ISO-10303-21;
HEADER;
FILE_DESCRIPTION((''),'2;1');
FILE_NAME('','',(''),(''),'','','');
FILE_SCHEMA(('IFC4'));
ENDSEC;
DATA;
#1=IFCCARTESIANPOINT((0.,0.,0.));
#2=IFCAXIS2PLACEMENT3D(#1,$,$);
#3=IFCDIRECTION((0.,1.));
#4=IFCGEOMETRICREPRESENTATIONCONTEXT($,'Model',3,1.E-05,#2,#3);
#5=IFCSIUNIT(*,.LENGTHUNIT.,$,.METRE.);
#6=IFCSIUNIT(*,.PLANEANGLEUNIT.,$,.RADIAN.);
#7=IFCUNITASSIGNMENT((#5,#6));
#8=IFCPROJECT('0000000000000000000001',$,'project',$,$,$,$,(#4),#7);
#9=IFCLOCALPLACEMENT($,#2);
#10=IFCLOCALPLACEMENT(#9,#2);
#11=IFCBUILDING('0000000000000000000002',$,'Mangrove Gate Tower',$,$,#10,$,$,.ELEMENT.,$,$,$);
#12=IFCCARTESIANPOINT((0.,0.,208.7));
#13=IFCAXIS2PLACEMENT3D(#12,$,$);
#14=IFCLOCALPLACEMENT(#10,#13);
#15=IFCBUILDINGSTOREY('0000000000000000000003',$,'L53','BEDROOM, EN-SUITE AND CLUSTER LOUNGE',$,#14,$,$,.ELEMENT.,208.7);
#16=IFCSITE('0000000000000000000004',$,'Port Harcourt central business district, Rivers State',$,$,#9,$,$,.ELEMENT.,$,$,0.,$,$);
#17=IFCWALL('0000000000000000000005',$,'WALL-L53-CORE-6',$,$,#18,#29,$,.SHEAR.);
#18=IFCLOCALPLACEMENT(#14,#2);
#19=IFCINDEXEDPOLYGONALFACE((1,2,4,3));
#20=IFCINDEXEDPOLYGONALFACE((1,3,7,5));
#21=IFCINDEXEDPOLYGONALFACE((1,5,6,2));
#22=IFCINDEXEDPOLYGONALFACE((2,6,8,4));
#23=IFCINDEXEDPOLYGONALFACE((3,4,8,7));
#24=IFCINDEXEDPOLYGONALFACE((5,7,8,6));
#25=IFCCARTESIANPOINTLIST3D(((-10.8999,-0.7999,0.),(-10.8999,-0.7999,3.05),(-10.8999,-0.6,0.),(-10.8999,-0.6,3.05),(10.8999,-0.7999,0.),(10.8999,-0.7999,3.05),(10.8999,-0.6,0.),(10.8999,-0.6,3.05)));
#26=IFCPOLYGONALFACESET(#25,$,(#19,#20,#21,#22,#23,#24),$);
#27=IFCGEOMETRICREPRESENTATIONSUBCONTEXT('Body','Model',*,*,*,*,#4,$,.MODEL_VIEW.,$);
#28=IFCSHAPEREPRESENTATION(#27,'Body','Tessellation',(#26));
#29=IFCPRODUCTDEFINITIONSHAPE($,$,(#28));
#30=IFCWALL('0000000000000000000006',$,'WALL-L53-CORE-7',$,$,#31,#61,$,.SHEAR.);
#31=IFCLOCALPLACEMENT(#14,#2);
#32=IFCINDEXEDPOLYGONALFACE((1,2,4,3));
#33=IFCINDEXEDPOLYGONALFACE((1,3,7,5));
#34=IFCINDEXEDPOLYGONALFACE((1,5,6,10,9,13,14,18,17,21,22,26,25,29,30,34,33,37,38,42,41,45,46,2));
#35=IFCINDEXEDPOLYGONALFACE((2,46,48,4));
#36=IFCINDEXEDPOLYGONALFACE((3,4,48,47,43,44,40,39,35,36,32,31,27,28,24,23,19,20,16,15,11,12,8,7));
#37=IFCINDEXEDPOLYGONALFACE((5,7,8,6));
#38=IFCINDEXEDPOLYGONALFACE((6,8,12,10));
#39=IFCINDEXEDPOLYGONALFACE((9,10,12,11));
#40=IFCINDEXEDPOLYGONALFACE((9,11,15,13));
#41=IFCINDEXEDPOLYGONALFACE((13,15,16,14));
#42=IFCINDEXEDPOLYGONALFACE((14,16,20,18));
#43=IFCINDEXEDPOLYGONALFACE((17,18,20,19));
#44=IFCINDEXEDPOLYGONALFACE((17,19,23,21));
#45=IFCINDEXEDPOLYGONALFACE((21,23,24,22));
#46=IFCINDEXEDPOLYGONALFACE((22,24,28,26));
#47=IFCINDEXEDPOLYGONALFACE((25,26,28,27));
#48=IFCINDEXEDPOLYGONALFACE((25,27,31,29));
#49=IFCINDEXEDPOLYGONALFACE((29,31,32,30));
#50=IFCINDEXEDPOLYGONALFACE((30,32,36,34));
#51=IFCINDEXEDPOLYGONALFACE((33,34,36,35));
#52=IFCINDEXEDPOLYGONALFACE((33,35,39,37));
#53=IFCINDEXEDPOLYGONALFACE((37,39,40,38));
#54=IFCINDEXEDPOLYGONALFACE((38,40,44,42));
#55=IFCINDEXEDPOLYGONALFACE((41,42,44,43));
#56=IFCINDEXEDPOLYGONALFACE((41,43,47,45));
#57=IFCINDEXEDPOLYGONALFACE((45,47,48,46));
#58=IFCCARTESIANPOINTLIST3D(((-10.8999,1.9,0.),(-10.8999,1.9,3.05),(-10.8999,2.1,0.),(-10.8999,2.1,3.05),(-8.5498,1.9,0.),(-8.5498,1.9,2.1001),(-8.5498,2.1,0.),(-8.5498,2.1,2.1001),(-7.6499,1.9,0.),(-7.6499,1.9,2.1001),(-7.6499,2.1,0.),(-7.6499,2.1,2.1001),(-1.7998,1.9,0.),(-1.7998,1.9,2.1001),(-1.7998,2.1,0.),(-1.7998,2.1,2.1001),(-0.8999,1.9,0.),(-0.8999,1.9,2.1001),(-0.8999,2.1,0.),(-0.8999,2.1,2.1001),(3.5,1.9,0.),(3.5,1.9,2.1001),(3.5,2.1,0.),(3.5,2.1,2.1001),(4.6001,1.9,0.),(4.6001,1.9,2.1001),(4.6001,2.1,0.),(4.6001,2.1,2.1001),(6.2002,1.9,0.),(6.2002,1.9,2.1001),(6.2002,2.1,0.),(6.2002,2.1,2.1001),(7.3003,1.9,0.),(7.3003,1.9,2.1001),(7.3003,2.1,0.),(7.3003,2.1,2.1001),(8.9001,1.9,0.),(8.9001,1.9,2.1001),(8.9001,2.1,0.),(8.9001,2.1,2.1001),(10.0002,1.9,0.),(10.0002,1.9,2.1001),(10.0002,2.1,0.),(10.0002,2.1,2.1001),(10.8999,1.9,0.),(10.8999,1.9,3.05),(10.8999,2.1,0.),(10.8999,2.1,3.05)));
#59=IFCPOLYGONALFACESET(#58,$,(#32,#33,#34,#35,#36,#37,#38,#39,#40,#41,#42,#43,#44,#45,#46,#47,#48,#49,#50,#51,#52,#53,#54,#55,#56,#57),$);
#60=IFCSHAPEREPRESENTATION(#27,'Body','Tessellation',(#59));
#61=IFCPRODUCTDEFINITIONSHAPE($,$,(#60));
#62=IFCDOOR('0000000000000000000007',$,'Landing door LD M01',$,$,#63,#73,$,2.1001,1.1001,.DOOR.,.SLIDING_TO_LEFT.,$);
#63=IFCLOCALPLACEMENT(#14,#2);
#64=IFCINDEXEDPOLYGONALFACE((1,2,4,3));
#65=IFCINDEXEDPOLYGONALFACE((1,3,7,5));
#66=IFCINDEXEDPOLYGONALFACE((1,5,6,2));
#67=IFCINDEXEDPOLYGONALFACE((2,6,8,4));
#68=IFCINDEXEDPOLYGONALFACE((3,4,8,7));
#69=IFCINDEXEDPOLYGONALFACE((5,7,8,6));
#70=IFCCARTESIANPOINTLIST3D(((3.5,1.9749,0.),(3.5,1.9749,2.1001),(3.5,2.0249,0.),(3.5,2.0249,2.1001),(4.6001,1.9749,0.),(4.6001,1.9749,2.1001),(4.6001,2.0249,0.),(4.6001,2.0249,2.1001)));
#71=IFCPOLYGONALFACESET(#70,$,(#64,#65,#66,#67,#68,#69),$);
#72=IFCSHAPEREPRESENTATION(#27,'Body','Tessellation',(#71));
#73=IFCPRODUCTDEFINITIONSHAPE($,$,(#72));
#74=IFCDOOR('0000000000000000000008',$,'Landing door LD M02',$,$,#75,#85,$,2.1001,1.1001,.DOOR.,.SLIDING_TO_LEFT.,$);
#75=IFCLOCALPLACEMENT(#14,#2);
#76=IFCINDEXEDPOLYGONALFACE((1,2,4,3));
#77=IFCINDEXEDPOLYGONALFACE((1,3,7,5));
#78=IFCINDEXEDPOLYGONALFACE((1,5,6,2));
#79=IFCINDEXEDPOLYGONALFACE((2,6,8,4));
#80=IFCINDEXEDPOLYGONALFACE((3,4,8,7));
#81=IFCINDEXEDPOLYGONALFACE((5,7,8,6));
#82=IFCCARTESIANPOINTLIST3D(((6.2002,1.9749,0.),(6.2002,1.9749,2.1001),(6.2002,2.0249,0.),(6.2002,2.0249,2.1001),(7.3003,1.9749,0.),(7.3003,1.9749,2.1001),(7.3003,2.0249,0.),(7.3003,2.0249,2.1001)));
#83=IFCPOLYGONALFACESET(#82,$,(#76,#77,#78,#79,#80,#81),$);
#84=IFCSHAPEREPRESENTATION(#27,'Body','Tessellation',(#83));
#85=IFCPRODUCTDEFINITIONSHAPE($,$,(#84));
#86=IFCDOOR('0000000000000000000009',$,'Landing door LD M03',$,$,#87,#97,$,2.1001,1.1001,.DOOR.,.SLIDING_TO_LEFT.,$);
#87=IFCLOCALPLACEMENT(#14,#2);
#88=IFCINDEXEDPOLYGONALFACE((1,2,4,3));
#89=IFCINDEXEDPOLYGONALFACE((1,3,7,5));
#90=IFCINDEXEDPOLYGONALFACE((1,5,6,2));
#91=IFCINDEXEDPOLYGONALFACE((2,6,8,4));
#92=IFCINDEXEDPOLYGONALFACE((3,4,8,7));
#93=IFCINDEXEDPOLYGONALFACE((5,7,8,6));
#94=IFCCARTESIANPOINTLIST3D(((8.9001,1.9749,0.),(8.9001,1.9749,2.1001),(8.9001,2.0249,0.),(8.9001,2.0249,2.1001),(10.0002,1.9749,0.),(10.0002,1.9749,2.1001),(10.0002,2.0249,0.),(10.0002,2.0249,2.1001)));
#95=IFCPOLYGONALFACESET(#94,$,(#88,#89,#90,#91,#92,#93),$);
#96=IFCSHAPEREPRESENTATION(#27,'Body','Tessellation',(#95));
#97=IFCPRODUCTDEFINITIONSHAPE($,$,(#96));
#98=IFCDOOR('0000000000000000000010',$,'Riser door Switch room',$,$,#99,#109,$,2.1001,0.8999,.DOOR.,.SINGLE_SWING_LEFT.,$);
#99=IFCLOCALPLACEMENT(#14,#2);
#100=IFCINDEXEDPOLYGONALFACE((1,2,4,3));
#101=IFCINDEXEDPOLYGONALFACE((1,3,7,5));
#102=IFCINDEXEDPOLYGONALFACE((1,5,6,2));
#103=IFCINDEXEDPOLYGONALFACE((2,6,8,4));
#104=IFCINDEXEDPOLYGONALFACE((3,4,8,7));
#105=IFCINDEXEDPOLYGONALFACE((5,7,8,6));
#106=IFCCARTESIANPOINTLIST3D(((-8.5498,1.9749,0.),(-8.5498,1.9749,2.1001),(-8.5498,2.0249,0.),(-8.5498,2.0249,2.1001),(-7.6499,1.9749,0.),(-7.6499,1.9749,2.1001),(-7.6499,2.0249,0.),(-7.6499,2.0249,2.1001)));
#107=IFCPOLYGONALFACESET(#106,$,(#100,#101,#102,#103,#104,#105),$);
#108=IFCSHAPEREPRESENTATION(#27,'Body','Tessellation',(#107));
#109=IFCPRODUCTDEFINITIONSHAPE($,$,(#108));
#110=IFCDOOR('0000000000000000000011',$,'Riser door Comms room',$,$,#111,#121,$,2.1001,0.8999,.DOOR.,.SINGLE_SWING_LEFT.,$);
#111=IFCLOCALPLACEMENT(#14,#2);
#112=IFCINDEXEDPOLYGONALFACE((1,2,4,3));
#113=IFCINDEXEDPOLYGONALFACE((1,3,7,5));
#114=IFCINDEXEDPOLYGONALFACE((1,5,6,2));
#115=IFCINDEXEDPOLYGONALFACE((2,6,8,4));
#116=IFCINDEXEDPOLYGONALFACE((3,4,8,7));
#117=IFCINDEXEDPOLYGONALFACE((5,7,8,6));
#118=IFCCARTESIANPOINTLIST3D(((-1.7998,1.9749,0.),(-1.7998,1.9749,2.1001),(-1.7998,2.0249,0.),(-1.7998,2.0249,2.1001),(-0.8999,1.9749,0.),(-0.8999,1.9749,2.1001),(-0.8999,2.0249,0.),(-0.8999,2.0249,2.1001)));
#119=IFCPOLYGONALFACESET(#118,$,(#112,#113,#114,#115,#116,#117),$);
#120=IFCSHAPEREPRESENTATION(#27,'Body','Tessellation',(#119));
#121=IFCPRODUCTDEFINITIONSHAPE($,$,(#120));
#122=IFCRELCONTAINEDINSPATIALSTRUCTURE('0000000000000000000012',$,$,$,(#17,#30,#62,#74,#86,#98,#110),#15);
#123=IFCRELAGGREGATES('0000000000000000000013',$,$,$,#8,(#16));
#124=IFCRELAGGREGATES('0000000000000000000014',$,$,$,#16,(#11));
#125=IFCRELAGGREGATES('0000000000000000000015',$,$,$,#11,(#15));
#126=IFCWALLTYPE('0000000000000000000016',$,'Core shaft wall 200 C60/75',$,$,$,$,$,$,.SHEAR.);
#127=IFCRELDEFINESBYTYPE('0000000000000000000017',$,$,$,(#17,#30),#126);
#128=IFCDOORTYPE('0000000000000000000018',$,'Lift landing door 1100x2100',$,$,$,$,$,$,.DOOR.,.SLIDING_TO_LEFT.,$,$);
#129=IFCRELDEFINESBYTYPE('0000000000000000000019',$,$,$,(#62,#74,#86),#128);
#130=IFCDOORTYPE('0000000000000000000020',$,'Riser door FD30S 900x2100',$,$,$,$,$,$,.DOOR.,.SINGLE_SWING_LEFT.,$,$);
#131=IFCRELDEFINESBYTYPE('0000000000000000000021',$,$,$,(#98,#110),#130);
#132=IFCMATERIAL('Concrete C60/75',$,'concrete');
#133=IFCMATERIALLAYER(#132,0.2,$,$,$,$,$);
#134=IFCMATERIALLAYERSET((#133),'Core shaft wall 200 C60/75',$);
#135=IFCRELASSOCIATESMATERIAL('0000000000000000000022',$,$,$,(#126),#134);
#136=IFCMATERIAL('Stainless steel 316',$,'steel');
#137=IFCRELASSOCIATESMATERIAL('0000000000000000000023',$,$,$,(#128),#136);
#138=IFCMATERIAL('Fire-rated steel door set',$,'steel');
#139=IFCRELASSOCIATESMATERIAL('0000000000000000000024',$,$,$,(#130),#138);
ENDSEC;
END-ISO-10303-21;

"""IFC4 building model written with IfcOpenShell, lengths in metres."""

from ifc_helpers import new_model, si_unit, direction, frame, frame_2d, origin, place, context, subcontext, project, spatial, rectangle, extrude, material, layer, layer_set, type_object, element, fill, save


model = new_model("IFC4")

# Units and contexts
model_context = context("Model", 3, precision=1e-05, world=origin(), true_north=direction((0.0, 1.0)))
body_context = subcontext(model_context, "Body", "Model", "MODEL_VIEW")
ifc_project = project(units=[si_unit("LENGTHUNIT", "METRE"), si_unit("PLANEANGLEUNIT", "RADIAN")], contexts=[model_context])

# Site, building, storey
site_placement = place(None, origin())
site = spatial("IfcSite", under=ifc_project, at=site_placement, Name="Port Harcourt central business district, Rivers State", CompositionType="ELEMENT", RefElevation=0.0)
building_placement = place(site_placement, origin())
building = spatial("IfcBuilding", under=site, at=building_placement, Name="Mangrove Gate Tower", CompositionType="ELEMENT")
storey_placement = place(building_placement, frame((0.0, 0.0, 208.7)))
storey = spatial("IfcBuildingStorey", under=building, at=storey_placement, Name="L53", Description="BEDROOM, EN-SUITE AND CLUSTER LOUNGE", CompositionType="ELEMENT", Elevation=208.7)

# Wall
ifc_material_1 = material(Name="Concrete C60/75", Category="concrete")
ifc_layer_1 = layer(ifc_material_1, 0.2)
ifc_layer_set_1 = layer_set([ifc_layer_1], Name="Core shaft wall 200 C60/75")
wall_type_1 = type_object("IfcWallType", Name="Core shaft wall 200 C60/75", PredefinedType="SHEAR", material=ifc_layer_set_1)
wall_1_placement = place(storey_placement, frame((-10.8999, -0.7, 0.0), z_axis=(0.0, 0.0, 1.0), x_axis=(1.0, 0.0, 0.0)))
element("IfcWall", 1, at=wall_1_placement, inside=storey, type_object=wall_type_1, Name="WALL-L53-CORE-6", PredefinedType="SHEAR", context=body_context, shape_type="SweptSolid", body=[
    extrude(rectangle(XDim=21.7998, YDim=0.2, at=frame_2d((10.8999, 0.0))), origin(), (0.0, 0.0, 1.0), 3.05),
])

# Wall, openings, doors
wall_2_placement = place(storey_placement, frame((-10.8999, 2.0, 0.0), z_axis=(0.0, 0.0, 1.0), x_axis=(1.0, 0.0, 0.0)))
wall_2 = element("IfcWall", 2, at=wall_2_placement, inside=storey, type_object=wall_type_1, Name="WALL-L53-CORE-7", PredefinedType="SHEAR", context=body_context, shape_type="SweptSolid", body=[
    extrude(rectangle(XDim=21.7998, YDim=0.2, at=frame_2d((10.8999, 0.0))), origin(), (0.0, 0.0, 1.0), 3.05),
])
opening_1_placement = place(wall_2_placement, frame((14.3999, 0.0, 0.0)))
opening_1 = element("IfcOpeningElement", 3, at=opening_1_placement, cuts=wall_2, PredefinedType="OPENING", context=body_context, shape_type="SweptSolid", body=[
    extrude(rectangle(XDim=1.1001, YDim=2.1001, at=frame_2d((0.55, 1.05))), frame((0.0, 0.1099, 0.0), z_axis=(0.0, -1.0, 0.0), x_axis=(1.0, 0.0, 0.0)), (0.0, 0.0, 1.0), 0.22),
])
opening_2_placement = place(wall_2_placement, frame((17.1001, 0.0, 0.0)))
opening_2 = element("IfcOpeningElement", 4, at=opening_2_placement, cuts=wall_2, PredefinedType="OPENING", context=body_context, shape_type="SweptSolid", body=[
    extrude(rectangle(XDim=1.1001, YDim=2.1001, at=frame_2d((0.55, 1.05))), frame((0.0, 0.1099, 0.0), z_axis=(0.0, -1.0, 0.0), x_axis=(1.0, 0.0, 0.0)), (0.0, 0.0, 1.0), 0.22),
])
opening_3_placement = place(wall_2_placement, frame((19.8, 0.0, 0.0)))
opening_3 = element("IfcOpeningElement", 5, at=opening_3_placement, cuts=wall_2, PredefinedType="OPENING", context=body_context, shape_type="SweptSolid", body=[
    extrude(rectangle(XDim=1.1001, YDim=2.1001, at=frame_2d((0.55, 1.05))), frame((0.0, 0.1099, 0.0), z_axis=(0.0, -1.0, 0.0), x_axis=(1.0, 0.0, 0.0)), (0.0, 0.0, 1.0), 0.22),
])
opening_4_placement = place(wall_2_placement, frame((2.3501, 0.0, 0.0)))
opening_4 = element("IfcOpeningElement", 6, at=opening_4_placement, cuts=wall_2, PredefinedType="OPENING", context=body_context, shape_type="SweptSolid", body=[
    extrude(rectangle(XDim=0.8999, YDim=2.1001, at=frame_2d((0.45, 1.05))), frame((0.0, 0.1099, 0.0), z_axis=(0.0, -1.0, 0.0), x_axis=(1.0, 0.0, 0.0)), (0.0, 0.0, 1.0), 0.22),
])
opening_5_placement = place(wall_2_placement, frame((9.1001, 0.0, 0.0)))
opening_5 = element("IfcOpeningElement", 7, at=opening_5_placement, cuts=wall_2, PredefinedType="OPENING", context=body_context, shape_type="SweptSolid", body=[
    extrude(rectangle(XDim=0.8999, YDim=2.1001, at=frame_2d((0.45, 1.05))), frame((0.0, 0.1099, 0.0), z_axis=(0.0, -1.0, 0.0), x_axis=(1.0, 0.0, 0.0)), (0.0, 0.0, 1.0), 0.22),
])
ifc_material_2 = material(Name="Stainless steel 316", Category="steel")
door_type_1 = type_object("IfcDoorType", Name="Lift landing door 1100x2100", OperationType="SLIDING_TO_LEFT", PredefinedType="DOOR", material=ifc_material_2)
door_1_placement = place(opening_1_placement, origin())
door_1 = element("IfcDoor", 8, at=door_1_placement, inside=storey, type_object=door_type_1, Name="Landing door LD M01", OperationType="SLIDING_TO_LEFT", OverallHeight=2.1001, OverallWidth=1.1001, PredefinedType="DOOR", context=body_context, shape_type="SweptSolid", body=[
    extrude(rectangle(XDim=1.1001, YDim=2.1001, at=frame_2d((0.55, 1.05))), frame((0.0, 0.0249, 0.0), z_axis=(0.0, -1.0, 0.0), x_axis=(1.0, 0.0, 0.0)), (0.0, 0.0, 1.0), 0.05),
])
fill(opening_1, door_1)
door_2_placement = place(opening_2_placement, origin())
door_2 = element("IfcDoor", 9, at=door_2_placement, inside=storey, type_object=door_type_1, Name="Landing door LD M02", OperationType="SLIDING_TO_LEFT", OverallHeight=2.1001, OverallWidth=1.1001, PredefinedType="DOOR", context=body_context, shape_type="SweptSolid", body=[
    extrude(rectangle(XDim=1.1001, YDim=2.1001, at=frame_2d((0.55, 1.05))), frame((0.0, 0.0249, 0.0), z_axis=(0.0, -1.0, 0.0), x_axis=(1.0, 0.0, 0.0)), (0.0, 0.0, 1.0), 0.05),
])
fill(opening_2, door_2)
door_3_placement = place(opening_3_placement, origin())
door_3 = element("IfcDoor", 10, at=door_3_placement, inside=storey, type_object=door_type_1, Name="Landing door LD M03", OperationType="SLIDING_TO_LEFT", OverallHeight=2.1001, OverallWidth=1.1001, PredefinedType="DOOR", context=body_context, shape_type="SweptSolid", body=[
    extrude(rectangle(XDim=1.1001, YDim=2.1001, at=frame_2d((0.55, 1.05))), frame((0.0, 0.0249, 0.0), z_axis=(0.0, -1.0, 0.0), x_axis=(1.0, 0.0, 0.0)), (0.0, 0.0, 1.0), 0.05),
])
fill(opening_3, door_3)
ifc_material_3 = material(Name="Fire-rated steel door set", Category="steel")
door_type_2 = type_object("IfcDoorType", Name="Riser door FD30S 900x2100", OperationType="SINGLE_SWING_LEFT", PredefinedType="DOOR", material=ifc_material_3)
door_4_placement = place(opening_4_placement, origin())
door_4 = element("IfcDoor", 11, at=door_4_placement, inside=storey, type_object=door_type_2, Name="Riser door Switch room", OperationType="SINGLE_SWING_LEFT", OverallHeight=2.1001, OverallWidth=0.8999, PredefinedType="DOOR", context=body_context, shape_type="SweptSolid", body=[
    extrude(rectangle(XDim=0.8999, YDim=2.1001, at=frame_2d((0.45, 1.05))), frame((0.0, 0.0249, 0.0), z_axis=(0.0, -1.0, 0.0), x_axis=(1.0, 0.0, 0.0)), (0.0, 0.0, 1.0), 0.05),
])
fill(opening_4, door_4)
door_5_placement = place(opening_5_placement, origin())
door_5 = element("IfcDoor", 12, at=door_5_placement, inside=storey, type_object=door_type_2, Name="Riser door Comms room", OperationType="SINGLE_SWING_LEFT", OverallHeight=2.1001, OverallWidth=0.8999, PredefinedType="DOOR", context=body_context, shape_type="SweptSolid", body=[
    extrude(rectangle(XDim=0.8999, YDim=2.1001, at=frame_2d((0.45, 1.05))), frame((0.0, 0.0249, 0.0), z_axis=(0.0, -1.0, 0.0), x_axis=(1.0, 0.0, 0.0)), (0.0, 0.0, 1.0), 0.05),
])
fill(opening_5, door_5)

save(model, "model.ifc")
